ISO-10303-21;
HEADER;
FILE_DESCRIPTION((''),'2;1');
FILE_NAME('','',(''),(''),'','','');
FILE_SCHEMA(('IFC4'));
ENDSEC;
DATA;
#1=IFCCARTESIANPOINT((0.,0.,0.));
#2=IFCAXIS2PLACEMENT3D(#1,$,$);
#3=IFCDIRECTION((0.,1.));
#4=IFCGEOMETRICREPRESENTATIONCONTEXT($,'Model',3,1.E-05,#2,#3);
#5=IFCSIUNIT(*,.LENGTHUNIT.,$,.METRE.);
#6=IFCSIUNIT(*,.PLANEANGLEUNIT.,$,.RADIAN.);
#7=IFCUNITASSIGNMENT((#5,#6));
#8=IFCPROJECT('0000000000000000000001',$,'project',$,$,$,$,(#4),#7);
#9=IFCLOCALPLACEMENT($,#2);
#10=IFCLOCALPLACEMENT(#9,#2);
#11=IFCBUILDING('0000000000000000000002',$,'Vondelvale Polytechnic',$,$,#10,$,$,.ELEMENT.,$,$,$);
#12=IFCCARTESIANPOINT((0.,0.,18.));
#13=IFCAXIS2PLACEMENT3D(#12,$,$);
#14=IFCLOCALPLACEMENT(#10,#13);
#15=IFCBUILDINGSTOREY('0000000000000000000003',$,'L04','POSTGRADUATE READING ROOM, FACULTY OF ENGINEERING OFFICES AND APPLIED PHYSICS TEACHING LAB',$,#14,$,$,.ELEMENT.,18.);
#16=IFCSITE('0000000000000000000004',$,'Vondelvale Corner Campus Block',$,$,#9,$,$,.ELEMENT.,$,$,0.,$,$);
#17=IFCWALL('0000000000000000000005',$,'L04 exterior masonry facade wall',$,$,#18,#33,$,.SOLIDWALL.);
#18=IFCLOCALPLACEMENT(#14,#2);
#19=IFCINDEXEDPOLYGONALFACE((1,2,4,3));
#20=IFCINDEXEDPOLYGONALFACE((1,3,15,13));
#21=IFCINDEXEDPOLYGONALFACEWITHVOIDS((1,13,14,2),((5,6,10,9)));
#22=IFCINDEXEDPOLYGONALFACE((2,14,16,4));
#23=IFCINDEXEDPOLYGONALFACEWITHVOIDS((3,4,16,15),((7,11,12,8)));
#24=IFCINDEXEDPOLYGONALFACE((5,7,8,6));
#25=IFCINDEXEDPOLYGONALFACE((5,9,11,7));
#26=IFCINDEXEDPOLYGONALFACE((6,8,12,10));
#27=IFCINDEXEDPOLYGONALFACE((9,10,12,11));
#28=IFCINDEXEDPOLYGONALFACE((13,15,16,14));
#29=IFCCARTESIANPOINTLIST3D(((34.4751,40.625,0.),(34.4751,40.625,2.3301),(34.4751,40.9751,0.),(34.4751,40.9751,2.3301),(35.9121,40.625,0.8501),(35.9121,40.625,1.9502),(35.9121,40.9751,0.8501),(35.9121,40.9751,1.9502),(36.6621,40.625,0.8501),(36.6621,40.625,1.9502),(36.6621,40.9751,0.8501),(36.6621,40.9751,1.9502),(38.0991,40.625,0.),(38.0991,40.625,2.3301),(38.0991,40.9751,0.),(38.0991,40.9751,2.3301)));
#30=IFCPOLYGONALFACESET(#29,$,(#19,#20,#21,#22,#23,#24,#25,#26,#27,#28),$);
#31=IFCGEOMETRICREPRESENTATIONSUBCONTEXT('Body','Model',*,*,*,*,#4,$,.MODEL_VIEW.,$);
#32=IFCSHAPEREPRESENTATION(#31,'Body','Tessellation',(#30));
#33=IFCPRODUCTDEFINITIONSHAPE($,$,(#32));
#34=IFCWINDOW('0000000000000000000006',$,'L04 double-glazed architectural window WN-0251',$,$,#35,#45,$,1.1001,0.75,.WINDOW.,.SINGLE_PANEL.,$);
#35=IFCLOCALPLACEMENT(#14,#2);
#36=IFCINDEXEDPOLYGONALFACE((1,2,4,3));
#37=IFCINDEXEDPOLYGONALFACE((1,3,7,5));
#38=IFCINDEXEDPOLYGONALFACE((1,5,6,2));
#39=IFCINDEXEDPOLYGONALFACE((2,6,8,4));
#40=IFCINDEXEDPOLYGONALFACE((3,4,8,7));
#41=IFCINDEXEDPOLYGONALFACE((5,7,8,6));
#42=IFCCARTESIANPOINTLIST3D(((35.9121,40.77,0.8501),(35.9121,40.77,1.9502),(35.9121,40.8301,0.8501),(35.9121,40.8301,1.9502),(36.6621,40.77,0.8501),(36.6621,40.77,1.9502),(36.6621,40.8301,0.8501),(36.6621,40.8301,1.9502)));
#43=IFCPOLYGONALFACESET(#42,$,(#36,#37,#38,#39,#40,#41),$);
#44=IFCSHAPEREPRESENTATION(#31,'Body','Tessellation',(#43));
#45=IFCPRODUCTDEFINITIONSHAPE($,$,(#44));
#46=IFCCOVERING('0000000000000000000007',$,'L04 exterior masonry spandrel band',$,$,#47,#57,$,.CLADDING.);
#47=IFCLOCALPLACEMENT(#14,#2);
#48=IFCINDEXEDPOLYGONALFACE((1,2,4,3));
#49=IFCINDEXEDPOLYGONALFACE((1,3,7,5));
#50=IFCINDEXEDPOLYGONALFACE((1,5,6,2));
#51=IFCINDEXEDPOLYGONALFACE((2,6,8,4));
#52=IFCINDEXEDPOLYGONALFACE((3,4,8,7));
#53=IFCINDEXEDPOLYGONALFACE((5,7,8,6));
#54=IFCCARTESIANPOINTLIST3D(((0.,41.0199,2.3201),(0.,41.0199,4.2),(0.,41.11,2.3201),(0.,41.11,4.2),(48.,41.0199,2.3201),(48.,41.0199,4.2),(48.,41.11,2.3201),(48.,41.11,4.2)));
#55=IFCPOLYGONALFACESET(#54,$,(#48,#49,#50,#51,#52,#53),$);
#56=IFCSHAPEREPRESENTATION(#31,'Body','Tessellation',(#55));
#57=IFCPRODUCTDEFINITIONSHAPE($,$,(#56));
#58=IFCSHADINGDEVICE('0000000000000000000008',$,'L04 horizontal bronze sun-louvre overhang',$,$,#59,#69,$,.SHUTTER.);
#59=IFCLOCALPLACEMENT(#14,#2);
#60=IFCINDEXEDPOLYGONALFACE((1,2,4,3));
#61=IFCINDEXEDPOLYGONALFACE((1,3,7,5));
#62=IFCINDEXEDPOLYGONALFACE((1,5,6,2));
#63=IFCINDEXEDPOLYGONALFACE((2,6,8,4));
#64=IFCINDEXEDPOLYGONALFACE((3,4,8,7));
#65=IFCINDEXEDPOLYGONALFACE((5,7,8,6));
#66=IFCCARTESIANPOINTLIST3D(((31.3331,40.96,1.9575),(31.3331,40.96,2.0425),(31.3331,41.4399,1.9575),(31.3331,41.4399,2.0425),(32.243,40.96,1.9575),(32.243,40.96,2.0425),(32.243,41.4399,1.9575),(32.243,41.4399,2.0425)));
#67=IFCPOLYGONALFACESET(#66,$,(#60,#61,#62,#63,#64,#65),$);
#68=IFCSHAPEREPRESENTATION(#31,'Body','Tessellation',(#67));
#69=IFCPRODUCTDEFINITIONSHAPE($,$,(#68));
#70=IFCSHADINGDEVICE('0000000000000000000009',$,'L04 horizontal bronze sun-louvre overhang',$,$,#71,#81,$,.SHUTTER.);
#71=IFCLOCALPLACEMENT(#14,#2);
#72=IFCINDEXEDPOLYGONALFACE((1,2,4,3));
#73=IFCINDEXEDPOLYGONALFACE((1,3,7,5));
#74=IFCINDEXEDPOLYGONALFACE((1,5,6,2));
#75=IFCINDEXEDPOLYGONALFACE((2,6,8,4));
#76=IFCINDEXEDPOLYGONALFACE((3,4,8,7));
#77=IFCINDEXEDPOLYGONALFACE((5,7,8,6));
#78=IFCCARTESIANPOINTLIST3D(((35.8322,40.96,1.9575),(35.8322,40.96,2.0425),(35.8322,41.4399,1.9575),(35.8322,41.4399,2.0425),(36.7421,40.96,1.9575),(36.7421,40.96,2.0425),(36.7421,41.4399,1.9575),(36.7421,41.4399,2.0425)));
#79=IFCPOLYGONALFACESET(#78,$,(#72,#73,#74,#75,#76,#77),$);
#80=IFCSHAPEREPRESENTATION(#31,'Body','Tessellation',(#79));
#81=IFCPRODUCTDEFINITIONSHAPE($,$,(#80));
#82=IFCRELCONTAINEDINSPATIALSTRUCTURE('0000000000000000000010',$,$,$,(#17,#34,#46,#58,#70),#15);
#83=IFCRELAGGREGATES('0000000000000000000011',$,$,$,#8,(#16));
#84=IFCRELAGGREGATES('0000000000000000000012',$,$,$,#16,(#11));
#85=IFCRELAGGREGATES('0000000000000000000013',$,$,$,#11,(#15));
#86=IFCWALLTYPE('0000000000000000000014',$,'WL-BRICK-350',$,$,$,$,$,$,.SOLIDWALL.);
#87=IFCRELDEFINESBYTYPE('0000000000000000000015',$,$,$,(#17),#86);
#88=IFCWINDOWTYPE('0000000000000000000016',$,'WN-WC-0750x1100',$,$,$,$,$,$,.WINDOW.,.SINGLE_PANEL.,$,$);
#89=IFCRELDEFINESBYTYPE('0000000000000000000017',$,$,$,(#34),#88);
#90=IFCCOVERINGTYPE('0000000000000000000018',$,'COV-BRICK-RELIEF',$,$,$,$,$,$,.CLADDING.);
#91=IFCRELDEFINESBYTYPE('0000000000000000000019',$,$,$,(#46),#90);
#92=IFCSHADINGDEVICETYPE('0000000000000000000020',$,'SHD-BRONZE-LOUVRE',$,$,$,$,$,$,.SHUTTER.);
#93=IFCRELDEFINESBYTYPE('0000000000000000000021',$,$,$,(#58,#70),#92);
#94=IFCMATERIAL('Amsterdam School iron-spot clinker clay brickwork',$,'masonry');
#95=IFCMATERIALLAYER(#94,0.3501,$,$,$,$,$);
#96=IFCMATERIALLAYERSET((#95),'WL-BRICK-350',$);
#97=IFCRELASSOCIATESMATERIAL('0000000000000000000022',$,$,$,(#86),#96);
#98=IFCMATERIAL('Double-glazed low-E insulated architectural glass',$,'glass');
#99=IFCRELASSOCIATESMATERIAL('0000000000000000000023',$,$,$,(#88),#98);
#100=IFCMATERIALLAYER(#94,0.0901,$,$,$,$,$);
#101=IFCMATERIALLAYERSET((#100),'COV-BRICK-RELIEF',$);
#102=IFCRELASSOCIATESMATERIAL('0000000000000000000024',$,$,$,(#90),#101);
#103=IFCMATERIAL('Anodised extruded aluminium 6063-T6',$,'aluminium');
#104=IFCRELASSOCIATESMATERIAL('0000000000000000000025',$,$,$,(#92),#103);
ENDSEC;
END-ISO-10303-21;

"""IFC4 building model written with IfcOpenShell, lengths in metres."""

from ifc_helpers import new_model, si_unit, direction, frame, frame_2d, origin, origin_2d, place, context, subcontext, project, spatial, rectangle, extrude, material, layer, layer_set, type_object, element, fill, save


model = new_model("IFC4")

# Units and contexts
model_context = context("Model", 3, precision=1e-05, world=origin(), true_north=direction((0.0, 1.0)))
body_context = subcontext(model_context, "Body", "Model", "MODEL_VIEW")
ifc_project = project(units=[si_unit("LENGTHUNIT", "METRE"), si_unit("PLANEANGLEUNIT", "RADIAN")], contexts=[model_context])

# Site, building, storey
site_placement = place(None, origin())
site = spatial("IfcSite", under=ifc_project, at=site_placement, Name="Vondelvale Corner Campus Block", CompositionType="ELEMENT", RefElevation=0.0)
building_placement = place(site_placement, origin())
building = spatial("IfcBuilding", under=site, at=building_placement, Name="Vondelvale Polytechnic", CompositionType="ELEMENT")
storey_placement = place(building_placement, frame((0.0, 0.0, 18.0)))
storey = spatial("IfcBuildingStorey", under=building, at=storey_placement, Name="L04", Description="POSTGRADUATE READING ROOM, FACULTY OF ENGINEERING OFFICES AND APPLIED PHYSICS TEACHING LAB", CompositionType="ELEMENT", Elevation=18.0)

# Shared definitions
ifc_material_1 = material(Name="Anodised extruded aluminium 6063-T6", Category="aluminium")

# Shared definitions
ifc_material_2 = material(Name="Double-glazed low-E insulated architectural glass", Category="glass")

# Wall, opening, window
ifc_material_3 = material(Name="Amsterdam School iron-spot clinker clay brickwork", Category="masonry")
ifc_layer_1 = layer(ifc_material_3, 0.3501)
ifc_layer_set_1 = layer_set([ifc_layer_1], Name="WL-BRICK-350")
wall_type = type_object("IfcWallType", Name="WL-BRICK-350", PredefinedType="SOLIDWALL", material=ifc_layer_set_1)
window_type = type_object("IfcWindowType", Name="WN-WC-0750x1100", PartitioningType="SINGLE_PANEL", PredefinedType="WINDOW", material=ifc_material_2)
wall_1_placement = place(storey_placement, frame((34.4751, 40.8, 0.0), z_axis=(0.0, 0.0, 1.0), x_axis=(1.0, 0.0, 0.0)))
wall_1 = element("IfcWall", 1, at=wall_1_placement, inside=storey, type_object=wall_type, Name="L04 exterior masonry facade wall", PredefinedType="SOLIDWALL", context=body_context, shape_type="SweptSolid", body=[
    extrude(rectangle(XDim=3.624, YDim=0.3501, at=frame_2d((1.812, 0.0))), origin(), (0.0, 0.0, 1.0), 2.3301),
])
opening_1_placement = place(wall_1_placement, frame((1.437, 0.0, 0.8501)))
opening_1 = element("IfcOpeningElement", 2, at=opening_1_placement, cuts=wall_1, PredefinedType="OPENING", context=body_context, shape_type="SweptSolid", body=[
    extrude(rectangle(XDim=0.75, YDim=1.1001, at=frame_2d((0.375, 0.55))), frame((0.0, 0.1851, 0.0), z_axis=(0.0, -1.0, 0.0), x_axis=(1.0, 0.0, 0.0)), (0.0, 0.0, 1.0), 0.3701),
])
window_1_placement = place(opening_1_placement, origin())
window_1 = element("IfcWindow", 3, at=window_1_placement, inside=storey, type_object=window_type, Name="L04 double-glazed architectural window WN-0251", OverallHeight=1.1001, OverallWidth=0.75, PartitioningType="SINGLE_PANEL", PredefinedType="WINDOW", context=body_context, shape_type="SweptSolid", body=[
    extrude(rectangle(XDim=0.75, YDim=1.1001, at=frame_2d((0.375, 0.55))), frame((0.0, 0.03, 0.0), z_axis=(0.0, -1.0, 0.0), x_axis=(1.0, 0.0, 0.0)), (0.0, 0.0, 1.0), 0.0601),
])
fill(opening_1, window_1)

# Covering
ifc_layer_2 = layer(ifc_material_3, 0.0901)
ifc_layer_set_2 = layer_set([ifc_layer_2], Name="COV-BRICK-RELIEF")
covering_type = type_object("IfcCoveringType", Name="COV-BRICK-RELIEF", PredefinedType="CLADDING", material=ifc_layer_set_2)
covering_placement = place(storey_placement, frame((24.0, 41.0649, 2.3201), z_axis=(0.0, 0.0, 1.0), x_axis=(1.0, 0.0, 0.0)))
element("IfcCovering", 4, at=covering_placement, inside=storey, type_object=covering_type, Name="L04 exterior masonry spandrel band", PredefinedType="CLADDING", context=body_context, shape_type="SweptSolid", body=[
    extrude(rectangle(XDim=48.0, YDim=0.0901, at=origin_2d()), origin(), (0.0, 0.0, 1.0), 1.8799),
])

# Shading devices
shading_device_type = type_object("IfcShadingDeviceType", Name="SHD-BRONZE-LOUVRE", PredefinedType="SHUTTER", material=ifc_material_1)
for number, where, z_axis, x_axis, name in (
    (5, (31.7881, 41.2, 1.9575), (0.0, 0.0, 1.0), (1.0, 0.0, 0.0), "L04 horizontal bronze sun-louvre overhang"),
    (6, (36.2871, 41.2, 1.9575), (0.0, 0.0, 1.0), (1.0, 0.0, 0.0), "L04 horizontal bronze sun-louvre overhang"),
):
    element("IfcShadingDevice", number, at=place(storey_placement, frame(where, z_axis=z_axis, x_axis=x_axis)), inside=storey, type_object=shading_device_type, Name=name, PredefinedType="SHUTTER", context=body_context, shape_type="SweptSolid", body=[
        extrude(rectangle(XDim=0.9099, YDim=0.48, at=origin_2d()), origin(), (0.0, 0.0, 1.0), 0.085),
    ])

save(model, "model.ifc")
